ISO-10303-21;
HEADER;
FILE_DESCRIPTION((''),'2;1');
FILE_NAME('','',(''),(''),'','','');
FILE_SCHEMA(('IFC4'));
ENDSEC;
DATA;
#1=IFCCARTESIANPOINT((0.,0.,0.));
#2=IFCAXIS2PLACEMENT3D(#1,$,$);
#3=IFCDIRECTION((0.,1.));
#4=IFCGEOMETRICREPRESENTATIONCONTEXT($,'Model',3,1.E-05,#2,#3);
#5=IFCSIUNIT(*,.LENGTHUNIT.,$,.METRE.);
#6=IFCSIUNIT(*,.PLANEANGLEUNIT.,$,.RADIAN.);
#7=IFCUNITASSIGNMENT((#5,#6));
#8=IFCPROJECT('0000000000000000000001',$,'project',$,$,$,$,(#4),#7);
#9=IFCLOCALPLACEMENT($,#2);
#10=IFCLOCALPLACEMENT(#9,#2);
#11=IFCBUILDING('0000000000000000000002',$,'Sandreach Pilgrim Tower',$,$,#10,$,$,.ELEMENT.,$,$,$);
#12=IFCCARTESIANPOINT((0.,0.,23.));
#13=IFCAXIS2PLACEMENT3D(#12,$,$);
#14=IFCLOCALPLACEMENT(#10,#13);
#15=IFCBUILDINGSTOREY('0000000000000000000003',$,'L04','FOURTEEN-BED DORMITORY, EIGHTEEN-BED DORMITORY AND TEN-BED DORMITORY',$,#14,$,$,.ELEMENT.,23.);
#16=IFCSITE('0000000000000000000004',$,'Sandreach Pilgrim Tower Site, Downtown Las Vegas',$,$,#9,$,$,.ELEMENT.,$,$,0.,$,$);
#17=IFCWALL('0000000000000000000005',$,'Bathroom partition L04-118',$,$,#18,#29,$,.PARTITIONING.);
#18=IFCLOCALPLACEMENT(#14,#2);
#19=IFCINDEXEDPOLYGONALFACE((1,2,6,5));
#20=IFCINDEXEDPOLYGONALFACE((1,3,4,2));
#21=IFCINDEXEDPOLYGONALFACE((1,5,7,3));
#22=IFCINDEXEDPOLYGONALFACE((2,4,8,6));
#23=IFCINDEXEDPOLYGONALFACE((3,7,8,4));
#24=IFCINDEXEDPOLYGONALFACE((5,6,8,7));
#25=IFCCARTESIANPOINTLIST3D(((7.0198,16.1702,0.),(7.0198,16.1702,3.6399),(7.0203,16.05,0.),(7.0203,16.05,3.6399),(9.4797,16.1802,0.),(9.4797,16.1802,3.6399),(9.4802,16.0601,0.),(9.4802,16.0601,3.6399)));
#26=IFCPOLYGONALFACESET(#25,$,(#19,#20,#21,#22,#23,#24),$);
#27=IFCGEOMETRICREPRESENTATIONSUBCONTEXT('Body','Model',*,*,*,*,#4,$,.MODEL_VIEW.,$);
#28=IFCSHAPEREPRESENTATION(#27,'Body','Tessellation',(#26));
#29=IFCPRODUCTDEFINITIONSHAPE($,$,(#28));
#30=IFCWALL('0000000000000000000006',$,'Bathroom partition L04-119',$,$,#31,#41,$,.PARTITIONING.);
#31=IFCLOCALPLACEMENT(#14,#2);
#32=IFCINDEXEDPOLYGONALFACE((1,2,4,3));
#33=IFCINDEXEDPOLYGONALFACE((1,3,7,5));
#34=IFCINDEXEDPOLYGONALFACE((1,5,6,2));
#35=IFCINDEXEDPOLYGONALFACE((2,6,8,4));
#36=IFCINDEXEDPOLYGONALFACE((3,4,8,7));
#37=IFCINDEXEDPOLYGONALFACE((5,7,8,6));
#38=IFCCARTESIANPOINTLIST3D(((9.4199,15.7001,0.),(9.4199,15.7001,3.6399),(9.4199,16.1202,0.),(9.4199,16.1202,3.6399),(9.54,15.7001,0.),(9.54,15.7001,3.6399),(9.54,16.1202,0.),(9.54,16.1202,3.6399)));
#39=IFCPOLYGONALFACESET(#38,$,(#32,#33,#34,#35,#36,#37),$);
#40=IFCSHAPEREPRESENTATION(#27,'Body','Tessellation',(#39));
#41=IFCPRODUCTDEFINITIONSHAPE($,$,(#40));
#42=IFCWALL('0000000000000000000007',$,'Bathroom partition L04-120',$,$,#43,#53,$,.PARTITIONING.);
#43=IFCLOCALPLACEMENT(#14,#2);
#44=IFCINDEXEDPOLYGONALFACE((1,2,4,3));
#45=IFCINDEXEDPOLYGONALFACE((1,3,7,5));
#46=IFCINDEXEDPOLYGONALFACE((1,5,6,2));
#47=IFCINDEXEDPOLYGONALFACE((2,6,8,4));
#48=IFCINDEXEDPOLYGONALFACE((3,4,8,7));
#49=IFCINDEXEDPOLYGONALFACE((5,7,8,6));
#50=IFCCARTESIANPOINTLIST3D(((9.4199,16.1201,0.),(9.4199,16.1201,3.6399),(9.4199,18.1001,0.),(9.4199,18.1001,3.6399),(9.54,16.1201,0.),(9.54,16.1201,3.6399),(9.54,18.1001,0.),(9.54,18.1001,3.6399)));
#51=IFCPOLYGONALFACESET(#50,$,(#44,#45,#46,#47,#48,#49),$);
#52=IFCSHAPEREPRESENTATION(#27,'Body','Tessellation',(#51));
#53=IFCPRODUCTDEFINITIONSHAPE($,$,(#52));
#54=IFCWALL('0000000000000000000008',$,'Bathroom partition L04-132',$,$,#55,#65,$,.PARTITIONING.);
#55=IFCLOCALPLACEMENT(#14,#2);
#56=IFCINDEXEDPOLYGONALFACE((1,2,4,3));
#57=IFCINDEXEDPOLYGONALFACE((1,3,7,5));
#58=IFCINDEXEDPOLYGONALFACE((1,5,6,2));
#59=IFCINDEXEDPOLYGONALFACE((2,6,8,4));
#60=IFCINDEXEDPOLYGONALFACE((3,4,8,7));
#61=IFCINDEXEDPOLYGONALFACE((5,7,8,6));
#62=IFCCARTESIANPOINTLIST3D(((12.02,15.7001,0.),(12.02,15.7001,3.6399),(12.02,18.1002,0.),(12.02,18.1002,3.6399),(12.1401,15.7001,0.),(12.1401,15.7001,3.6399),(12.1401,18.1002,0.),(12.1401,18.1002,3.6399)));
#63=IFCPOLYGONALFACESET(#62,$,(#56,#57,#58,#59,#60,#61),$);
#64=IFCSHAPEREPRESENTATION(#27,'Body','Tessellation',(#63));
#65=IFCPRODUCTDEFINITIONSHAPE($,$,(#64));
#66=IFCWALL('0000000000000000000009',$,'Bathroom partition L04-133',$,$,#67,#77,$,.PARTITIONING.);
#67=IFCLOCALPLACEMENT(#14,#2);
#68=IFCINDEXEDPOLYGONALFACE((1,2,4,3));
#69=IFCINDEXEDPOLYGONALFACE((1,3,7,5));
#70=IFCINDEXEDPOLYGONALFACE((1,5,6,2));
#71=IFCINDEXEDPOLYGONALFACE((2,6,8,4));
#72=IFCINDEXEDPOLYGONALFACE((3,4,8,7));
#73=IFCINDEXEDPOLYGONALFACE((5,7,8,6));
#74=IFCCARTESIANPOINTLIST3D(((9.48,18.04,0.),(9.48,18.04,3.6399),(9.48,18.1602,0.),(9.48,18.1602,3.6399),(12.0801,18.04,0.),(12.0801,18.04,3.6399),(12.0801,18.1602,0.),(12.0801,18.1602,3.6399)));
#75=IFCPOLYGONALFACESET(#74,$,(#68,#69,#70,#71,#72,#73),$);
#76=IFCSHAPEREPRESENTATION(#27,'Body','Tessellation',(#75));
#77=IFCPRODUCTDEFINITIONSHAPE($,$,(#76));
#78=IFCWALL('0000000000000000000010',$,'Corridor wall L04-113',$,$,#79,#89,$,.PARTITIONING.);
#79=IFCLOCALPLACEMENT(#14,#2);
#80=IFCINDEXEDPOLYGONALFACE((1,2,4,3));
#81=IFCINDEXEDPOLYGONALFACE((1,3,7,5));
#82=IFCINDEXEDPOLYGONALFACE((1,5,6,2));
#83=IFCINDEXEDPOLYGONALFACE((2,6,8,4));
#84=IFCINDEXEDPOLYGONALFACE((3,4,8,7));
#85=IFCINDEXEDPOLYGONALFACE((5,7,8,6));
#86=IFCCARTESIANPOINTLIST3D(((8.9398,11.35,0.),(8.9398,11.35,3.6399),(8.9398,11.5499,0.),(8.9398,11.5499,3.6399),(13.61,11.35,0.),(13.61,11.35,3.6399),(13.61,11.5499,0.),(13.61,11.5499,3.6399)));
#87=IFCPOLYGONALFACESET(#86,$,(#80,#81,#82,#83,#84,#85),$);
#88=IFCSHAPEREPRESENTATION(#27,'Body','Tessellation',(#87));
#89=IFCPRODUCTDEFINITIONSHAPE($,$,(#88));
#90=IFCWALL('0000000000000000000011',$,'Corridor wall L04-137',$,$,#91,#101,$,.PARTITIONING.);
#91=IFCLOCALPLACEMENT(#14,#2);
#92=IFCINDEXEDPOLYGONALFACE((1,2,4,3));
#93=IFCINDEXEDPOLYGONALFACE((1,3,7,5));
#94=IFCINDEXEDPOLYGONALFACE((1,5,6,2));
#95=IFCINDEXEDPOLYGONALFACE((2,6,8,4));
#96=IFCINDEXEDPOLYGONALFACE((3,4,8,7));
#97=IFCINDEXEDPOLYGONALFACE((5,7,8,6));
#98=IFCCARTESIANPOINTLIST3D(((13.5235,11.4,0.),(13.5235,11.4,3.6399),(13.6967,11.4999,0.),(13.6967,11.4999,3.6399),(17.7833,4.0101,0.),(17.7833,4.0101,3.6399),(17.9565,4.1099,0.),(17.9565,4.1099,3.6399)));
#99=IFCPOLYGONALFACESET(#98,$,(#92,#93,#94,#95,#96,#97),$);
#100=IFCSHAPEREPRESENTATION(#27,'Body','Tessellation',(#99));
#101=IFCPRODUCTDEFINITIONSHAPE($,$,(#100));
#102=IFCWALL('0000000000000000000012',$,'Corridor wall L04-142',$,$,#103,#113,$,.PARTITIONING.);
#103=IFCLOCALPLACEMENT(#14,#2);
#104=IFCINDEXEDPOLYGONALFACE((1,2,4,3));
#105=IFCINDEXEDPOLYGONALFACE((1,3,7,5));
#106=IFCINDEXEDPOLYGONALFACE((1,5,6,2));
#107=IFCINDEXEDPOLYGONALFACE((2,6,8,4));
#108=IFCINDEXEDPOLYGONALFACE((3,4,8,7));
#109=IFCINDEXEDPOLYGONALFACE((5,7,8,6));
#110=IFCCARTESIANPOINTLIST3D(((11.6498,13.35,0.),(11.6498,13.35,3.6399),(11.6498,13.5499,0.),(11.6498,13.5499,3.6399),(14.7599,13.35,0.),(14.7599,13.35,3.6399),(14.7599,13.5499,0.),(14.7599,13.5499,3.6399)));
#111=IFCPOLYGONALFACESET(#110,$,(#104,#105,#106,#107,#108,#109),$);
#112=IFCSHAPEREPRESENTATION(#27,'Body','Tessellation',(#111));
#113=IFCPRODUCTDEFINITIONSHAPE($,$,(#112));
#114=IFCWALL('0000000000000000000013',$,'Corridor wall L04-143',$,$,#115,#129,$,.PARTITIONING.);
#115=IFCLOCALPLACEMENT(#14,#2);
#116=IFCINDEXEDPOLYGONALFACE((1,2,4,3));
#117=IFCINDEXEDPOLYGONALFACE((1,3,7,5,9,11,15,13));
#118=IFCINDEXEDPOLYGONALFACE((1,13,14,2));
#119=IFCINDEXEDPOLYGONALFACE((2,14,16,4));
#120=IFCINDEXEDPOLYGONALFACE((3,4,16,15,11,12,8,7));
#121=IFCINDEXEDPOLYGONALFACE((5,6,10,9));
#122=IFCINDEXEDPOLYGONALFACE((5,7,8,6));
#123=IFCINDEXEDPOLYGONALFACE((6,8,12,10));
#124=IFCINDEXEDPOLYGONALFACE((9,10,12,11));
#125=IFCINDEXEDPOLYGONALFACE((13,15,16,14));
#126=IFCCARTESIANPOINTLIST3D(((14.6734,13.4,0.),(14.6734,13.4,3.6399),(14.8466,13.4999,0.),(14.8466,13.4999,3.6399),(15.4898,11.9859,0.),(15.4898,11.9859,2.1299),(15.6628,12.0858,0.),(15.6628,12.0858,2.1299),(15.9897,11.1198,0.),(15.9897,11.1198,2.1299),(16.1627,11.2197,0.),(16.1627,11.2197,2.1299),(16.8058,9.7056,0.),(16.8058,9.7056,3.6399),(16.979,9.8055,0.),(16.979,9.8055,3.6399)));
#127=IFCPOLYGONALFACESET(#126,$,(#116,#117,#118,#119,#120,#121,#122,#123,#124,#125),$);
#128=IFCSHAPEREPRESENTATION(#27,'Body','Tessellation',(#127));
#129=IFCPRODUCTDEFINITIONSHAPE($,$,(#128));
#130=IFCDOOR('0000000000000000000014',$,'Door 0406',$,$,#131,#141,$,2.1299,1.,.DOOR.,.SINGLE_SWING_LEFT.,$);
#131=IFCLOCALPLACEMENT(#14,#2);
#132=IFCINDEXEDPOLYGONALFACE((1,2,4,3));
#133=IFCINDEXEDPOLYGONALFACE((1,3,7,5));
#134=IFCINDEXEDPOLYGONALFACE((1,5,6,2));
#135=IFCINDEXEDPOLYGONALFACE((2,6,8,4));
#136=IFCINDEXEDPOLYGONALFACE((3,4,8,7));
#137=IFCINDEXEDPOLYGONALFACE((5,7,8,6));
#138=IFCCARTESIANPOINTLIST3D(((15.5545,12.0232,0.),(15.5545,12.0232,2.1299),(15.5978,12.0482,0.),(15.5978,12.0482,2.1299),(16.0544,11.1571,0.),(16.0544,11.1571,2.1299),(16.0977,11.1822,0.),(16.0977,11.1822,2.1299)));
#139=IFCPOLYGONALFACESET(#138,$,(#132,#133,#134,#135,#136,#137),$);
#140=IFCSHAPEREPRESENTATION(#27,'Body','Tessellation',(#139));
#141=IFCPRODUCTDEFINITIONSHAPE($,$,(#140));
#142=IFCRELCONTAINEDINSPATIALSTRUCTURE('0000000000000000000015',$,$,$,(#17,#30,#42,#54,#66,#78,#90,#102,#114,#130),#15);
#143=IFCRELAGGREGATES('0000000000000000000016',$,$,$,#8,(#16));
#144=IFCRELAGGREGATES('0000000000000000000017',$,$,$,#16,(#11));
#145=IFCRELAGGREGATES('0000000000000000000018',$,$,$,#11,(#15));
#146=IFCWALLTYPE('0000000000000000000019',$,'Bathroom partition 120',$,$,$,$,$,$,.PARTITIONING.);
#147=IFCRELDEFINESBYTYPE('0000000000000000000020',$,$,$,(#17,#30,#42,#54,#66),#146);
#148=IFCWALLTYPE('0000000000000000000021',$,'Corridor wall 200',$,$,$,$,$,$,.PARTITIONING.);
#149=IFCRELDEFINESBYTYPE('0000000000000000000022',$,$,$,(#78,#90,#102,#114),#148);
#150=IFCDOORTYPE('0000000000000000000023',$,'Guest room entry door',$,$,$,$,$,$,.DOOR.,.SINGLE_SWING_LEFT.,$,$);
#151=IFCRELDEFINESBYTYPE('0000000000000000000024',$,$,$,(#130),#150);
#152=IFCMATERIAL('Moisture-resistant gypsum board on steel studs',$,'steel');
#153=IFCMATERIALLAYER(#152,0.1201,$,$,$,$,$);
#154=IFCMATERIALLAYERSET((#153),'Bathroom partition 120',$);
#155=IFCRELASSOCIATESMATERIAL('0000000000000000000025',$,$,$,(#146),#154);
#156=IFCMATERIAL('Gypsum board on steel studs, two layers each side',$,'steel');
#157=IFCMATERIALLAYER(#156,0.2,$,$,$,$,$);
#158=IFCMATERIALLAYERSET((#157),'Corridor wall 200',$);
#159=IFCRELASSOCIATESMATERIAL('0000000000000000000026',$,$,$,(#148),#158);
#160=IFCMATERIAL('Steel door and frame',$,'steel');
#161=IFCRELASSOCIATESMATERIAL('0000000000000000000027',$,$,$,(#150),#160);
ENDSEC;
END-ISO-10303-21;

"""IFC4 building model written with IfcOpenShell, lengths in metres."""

from ifc_helpers import new_model, si_unit, direction, frame, frame_2d, origin, place, context, subcontext, project, spatial, rectangle, extrude, material, layer, layer_set, type_object, element, fill, save


model = new_model("IFC4")

# Units and contexts
model_context = context("Model", 3, precision=1e-05, world=origin(), true_north=direction((0.0, 1.0)))
body_context = subcontext(model_context, "Body", "Model", "MODEL_VIEW")
ifc_project = project(units=[si_unit("LENGTHUNIT", "METRE"), si_unit("PLANEANGLEUNIT", "RADIAN")], contexts=[model_context])

# Site, building, storey
site_placement = place(None, origin())
site = spatial("IfcSite", under=ifc_project, at=site_placement, Name="Sandreach Pilgrim Tower Site, Downtown Las Vegas", CompositionType="ELEMENT", RefElevation=0.0)
building_placement = place(site_placement, origin())
building = spatial("IfcBuilding", under=site, at=building_placement, Name="Sandreach Pilgrim Tower", CompositionType="ELEMENT")
storey_placement = place(building_placement, frame((0.0, 0.0, 23.0)))
storey = spatial("IfcBuildingStorey", under=building, at=storey_placement, Name="L04", Description="FOURTEEN-BED DORMITORY, EIGHTEEN-BED DORMITORY AND TEN-BED DORMITORY", CompositionType="ELEMENT", Elevation=23.0)

# Shared definitions
ifc_material_1 = material(Name="Moisture-resistant gypsum board on steel studs", Category="steel")
ifc_layer_1 = layer(ifc_material_1, 0.1201)
ifc_layer_set_1 = layer_set([ifc_layer_1], Name="Bathroom partition 120")
wall_type_1 = type_object("IfcWallType", Name="Bathroom partition 120", PredefinedType="PARTITIONING", material=ifc_layer_set_1)

# Walls
wall_1_placement = place(storey_placement, frame((9.48, 16.1201, 0.0), z_axis=(0.0, 0.0, 1.0), x_axis=(-0.999992, -0.004069, 0.0)))
element("IfcWall", 1, at=wall_1_placement, inside=storey, type_object=wall_type_1, Name="Bathroom partition L04-118", PredefinedType="PARTITIONING", context=body_context, shape_type="SweptSolid", body=[
    extrude(rectangle(XDim=2.46, YDim=0.1201, at=frame_2d((1.23, 0.0))), origin(), (0.0, 0.0, 1.0), 3.6399),
])
wall_2_placement = place(storey_placement, frame((9.48, 16.1201, 0.0), z_axis=(0.0, 0.0, 1.0), x_axis=(0.0, -1.0, 0.0)))
element("IfcWall", 2, at=wall_2_placement, inside=storey, type_object=wall_type_1, Name="Bathroom partition L04-119", PredefinedType="PARTITIONING", context=body_context, shape_type="SweptSolid", body=[
    extrude(rectangle(XDim=0.4202, YDim=0.1201, at=frame_2d((0.21, 0.0))), origin(), (0.0, 0.0, 1.0), 3.6399),
])
wall_3_placement = place(storey_placement, frame((9.48, 18.1001, 0.0), z_axis=(0.0, 0.0, 1.0), x_axis=(0.0, -1.0, 0.0)))
element("IfcWall", 3, at=wall_3_placement, inside=storey, type_object=wall_type_1, Name="Bathroom partition L04-120", PredefinedType="PARTITIONING", context=body_context, shape_type="SweptSolid", body=[
    extrude(rectangle(XDim=1.98, YDim=0.1201, at=frame_2d((0.99, 0.0))), origin(), (0.0, 0.0, 1.0), 3.6399),
])
wall_4_placement = place(storey_placement, frame((12.0801, 15.7, 0.0), z_axis=(0.0, 0.0, 1.0), x_axis=(0.0, 1.0, 0.0)))
element("IfcWall", 4, at=wall_4_placement, inside=storey, type_object=wall_type_1, Name="Bathroom partition L04-132", PredefinedType="PARTITIONING", context=body_context, shape_type="SweptSolid", body=[
    extrude(rectangle(XDim=2.4001, YDim=0.1201, at=frame_2d((1.2002, 0.0))), origin(), (0.0, 0.0, 1.0), 3.6399),
])
wall_5_placement = place(storey_placement, frame((12.0801, 18.1001, 0.0), z_axis=(0.0, 0.0, 1.0), x_axis=(-1.0, 0.0, 0.0)))
element("IfcWall", 5, at=wall_5_placement, inside=storey, type_object=wall_type_1, Name="Bathroom partition L04-133", PredefinedType="PARTITIONING", context=body_context, shape_type="SweptSolid", body=[
    extrude(rectangle(XDim=2.6001, YDim=0.1201, at=frame_2d((1.3, 0.0))), origin(), (0.0, 0.0, 1.0), 3.6399),
])

# Shared definitions
ifc_material_2 = material(Name="Gypsum board on steel studs, two layers each side", Category="steel")
ifc_layer_2 = layer(ifc_material_2, 0.2)
ifc_layer_set_2 = layer_set([ifc_layer_2], Name="Corridor wall 200")
wall_type_2 = type_object("IfcWallType", Name="Corridor wall 200", PredefinedType="PARTITIONING", material=ifc_layer_set_2)
ifc_material_3 = material(Name="Steel door and frame", Category="steel")
door_type_1 = type_object("IfcDoorType", Name="Guest room entry door", OperationType="SINGLE_SWING_LEFT", PredefinedType="DOOR", material=ifc_material_3)

# Wall
wall_6_placement = place(storey_placement, frame((8.9399, 11.45, 0.0), z_axis=(0.0, 0.0, 1.0), x_axis=(1.0, 0.0, 0.0)))
element("IfcWall", 6, at=wall_6_placement, inside=storey, type_object=wall_type_2, Name="Corridor wall L04-113", PredefinedType="PARTITIONING", context=body_context, shape_type="SweptSolid", body=[
    extrude(rectangle(XDim=4.6702, YDim=0.2, at=frame_2d((2.335, 0.0))), origin(), (0.0, 0.0, 1.0), 3.6399),
])

# Walls
wall_7_placement = place(storey_placement, frame((13.6101, 11.45, 0.0), z_axis=(0.0, 0.0, 1.0), x_axis=(0.499403, -0.86637, 0.0)))
element("IfcWall", 7, at=wall_7_placement, inside=storey, type_object=wall_type_2, Name="Corridor wall L04-137", PredefinedType="PARTITIONING", context=body_context, shape_type="SweptSolid", body=[
    extrude(rectangle(XDim=8.5298, YDim=0.2, at=frame_2d((4.2649, 0.0))), origin(), (0.0, 0.0, 1.0), 3.6399),
])
wall_8_placement = place(storey_placement, frame((14.76, 13.45, 0.0), z_axis=(0.0, 0.0, 1.0), x_axis=(-1.0, 0.0, 0.0)))
element("IfcWall", 8, at=wall_8_placement, inside=storey, type_object=wall_type_2, Name="Corridor wall L04-142", PredefinedType="PARTITIONING", context=body_context, shape_type="SweptSolid", body=[
    extrude(rectangle(XDim=3.1101, YDim=0.2, at=frame_2d((1.5552, 0.0))), origin(), (0.0, 0.0, 1.0), 3.6399),
])

# Wall, opening, door
wall_9_placement = place(storey_placement, frame((14.76, 13.45, 0.0), z_axis=(0.0, 0.0, 1.0), x_axis=(0.499894, -0.866086, 0.0)))
wall_9 = element("IfcWall", 9, at=wall_9_placement, inside=storey, type_object=wall_type_2, Name="Corridor wall L04-143", PredefinedType="PARTITIONING", context=body_context, shape_type="SweptSolid", body=[
    extrude(rectangle(XDim=4.2656, YDim=0.2, at=frame_2d((2.1328, 0.0))), origin(), (0.0, 0.0, 1.0), 3.6399),
])
opening_1_placement = place(wall_9_placement, frame((1.6328, 0.0, 0.0)))
opening_1 = element("IfcOpeningElement", 10, at=opening_1_placement, cuts=wall_9, PredefinedType="OPENING", context=body_context, shape_type="SweptSolid", body=[
    extrude(rectangle(XDim=1.0, YDim=2.1299, at=frame_2d((0.5, 1.0649))), frame((0.0, 0.1001, 0.0), z_axis=(0.0, -1.0, 0.0), x_axis=(1.0, 0.0, 0.0)), (0.0, 0.0, 1.0), 0.2),
])
door_1_placement = place(opening_1_placement, origin())
door_1 = element("IfcDoor", 11, at=door_1_placement, inside=storey, type_object=door_type_1, Name="Door 0406", OperationType="SINGLE_SWING_LEFT", OverallHeight=2.1299, OverallWidth=1.0, PredefinedType="DOOR", context=body_context, shape_type="SweptSolid", body=[
    extrude(rectangle(XDim=1.0, YDim=2.1299, at=frame_2d((0.5, 1.0649))), frame((0.0, 0.0249, 0.0), z_axis=(0.0, -1.0, 0.0), x_axis=(1.0, 0.0, 0.0)), (0.0, 0.0, 1.0), 0.05),
])
fill(opening_1, door_1)

save(model, "model.ifc")
